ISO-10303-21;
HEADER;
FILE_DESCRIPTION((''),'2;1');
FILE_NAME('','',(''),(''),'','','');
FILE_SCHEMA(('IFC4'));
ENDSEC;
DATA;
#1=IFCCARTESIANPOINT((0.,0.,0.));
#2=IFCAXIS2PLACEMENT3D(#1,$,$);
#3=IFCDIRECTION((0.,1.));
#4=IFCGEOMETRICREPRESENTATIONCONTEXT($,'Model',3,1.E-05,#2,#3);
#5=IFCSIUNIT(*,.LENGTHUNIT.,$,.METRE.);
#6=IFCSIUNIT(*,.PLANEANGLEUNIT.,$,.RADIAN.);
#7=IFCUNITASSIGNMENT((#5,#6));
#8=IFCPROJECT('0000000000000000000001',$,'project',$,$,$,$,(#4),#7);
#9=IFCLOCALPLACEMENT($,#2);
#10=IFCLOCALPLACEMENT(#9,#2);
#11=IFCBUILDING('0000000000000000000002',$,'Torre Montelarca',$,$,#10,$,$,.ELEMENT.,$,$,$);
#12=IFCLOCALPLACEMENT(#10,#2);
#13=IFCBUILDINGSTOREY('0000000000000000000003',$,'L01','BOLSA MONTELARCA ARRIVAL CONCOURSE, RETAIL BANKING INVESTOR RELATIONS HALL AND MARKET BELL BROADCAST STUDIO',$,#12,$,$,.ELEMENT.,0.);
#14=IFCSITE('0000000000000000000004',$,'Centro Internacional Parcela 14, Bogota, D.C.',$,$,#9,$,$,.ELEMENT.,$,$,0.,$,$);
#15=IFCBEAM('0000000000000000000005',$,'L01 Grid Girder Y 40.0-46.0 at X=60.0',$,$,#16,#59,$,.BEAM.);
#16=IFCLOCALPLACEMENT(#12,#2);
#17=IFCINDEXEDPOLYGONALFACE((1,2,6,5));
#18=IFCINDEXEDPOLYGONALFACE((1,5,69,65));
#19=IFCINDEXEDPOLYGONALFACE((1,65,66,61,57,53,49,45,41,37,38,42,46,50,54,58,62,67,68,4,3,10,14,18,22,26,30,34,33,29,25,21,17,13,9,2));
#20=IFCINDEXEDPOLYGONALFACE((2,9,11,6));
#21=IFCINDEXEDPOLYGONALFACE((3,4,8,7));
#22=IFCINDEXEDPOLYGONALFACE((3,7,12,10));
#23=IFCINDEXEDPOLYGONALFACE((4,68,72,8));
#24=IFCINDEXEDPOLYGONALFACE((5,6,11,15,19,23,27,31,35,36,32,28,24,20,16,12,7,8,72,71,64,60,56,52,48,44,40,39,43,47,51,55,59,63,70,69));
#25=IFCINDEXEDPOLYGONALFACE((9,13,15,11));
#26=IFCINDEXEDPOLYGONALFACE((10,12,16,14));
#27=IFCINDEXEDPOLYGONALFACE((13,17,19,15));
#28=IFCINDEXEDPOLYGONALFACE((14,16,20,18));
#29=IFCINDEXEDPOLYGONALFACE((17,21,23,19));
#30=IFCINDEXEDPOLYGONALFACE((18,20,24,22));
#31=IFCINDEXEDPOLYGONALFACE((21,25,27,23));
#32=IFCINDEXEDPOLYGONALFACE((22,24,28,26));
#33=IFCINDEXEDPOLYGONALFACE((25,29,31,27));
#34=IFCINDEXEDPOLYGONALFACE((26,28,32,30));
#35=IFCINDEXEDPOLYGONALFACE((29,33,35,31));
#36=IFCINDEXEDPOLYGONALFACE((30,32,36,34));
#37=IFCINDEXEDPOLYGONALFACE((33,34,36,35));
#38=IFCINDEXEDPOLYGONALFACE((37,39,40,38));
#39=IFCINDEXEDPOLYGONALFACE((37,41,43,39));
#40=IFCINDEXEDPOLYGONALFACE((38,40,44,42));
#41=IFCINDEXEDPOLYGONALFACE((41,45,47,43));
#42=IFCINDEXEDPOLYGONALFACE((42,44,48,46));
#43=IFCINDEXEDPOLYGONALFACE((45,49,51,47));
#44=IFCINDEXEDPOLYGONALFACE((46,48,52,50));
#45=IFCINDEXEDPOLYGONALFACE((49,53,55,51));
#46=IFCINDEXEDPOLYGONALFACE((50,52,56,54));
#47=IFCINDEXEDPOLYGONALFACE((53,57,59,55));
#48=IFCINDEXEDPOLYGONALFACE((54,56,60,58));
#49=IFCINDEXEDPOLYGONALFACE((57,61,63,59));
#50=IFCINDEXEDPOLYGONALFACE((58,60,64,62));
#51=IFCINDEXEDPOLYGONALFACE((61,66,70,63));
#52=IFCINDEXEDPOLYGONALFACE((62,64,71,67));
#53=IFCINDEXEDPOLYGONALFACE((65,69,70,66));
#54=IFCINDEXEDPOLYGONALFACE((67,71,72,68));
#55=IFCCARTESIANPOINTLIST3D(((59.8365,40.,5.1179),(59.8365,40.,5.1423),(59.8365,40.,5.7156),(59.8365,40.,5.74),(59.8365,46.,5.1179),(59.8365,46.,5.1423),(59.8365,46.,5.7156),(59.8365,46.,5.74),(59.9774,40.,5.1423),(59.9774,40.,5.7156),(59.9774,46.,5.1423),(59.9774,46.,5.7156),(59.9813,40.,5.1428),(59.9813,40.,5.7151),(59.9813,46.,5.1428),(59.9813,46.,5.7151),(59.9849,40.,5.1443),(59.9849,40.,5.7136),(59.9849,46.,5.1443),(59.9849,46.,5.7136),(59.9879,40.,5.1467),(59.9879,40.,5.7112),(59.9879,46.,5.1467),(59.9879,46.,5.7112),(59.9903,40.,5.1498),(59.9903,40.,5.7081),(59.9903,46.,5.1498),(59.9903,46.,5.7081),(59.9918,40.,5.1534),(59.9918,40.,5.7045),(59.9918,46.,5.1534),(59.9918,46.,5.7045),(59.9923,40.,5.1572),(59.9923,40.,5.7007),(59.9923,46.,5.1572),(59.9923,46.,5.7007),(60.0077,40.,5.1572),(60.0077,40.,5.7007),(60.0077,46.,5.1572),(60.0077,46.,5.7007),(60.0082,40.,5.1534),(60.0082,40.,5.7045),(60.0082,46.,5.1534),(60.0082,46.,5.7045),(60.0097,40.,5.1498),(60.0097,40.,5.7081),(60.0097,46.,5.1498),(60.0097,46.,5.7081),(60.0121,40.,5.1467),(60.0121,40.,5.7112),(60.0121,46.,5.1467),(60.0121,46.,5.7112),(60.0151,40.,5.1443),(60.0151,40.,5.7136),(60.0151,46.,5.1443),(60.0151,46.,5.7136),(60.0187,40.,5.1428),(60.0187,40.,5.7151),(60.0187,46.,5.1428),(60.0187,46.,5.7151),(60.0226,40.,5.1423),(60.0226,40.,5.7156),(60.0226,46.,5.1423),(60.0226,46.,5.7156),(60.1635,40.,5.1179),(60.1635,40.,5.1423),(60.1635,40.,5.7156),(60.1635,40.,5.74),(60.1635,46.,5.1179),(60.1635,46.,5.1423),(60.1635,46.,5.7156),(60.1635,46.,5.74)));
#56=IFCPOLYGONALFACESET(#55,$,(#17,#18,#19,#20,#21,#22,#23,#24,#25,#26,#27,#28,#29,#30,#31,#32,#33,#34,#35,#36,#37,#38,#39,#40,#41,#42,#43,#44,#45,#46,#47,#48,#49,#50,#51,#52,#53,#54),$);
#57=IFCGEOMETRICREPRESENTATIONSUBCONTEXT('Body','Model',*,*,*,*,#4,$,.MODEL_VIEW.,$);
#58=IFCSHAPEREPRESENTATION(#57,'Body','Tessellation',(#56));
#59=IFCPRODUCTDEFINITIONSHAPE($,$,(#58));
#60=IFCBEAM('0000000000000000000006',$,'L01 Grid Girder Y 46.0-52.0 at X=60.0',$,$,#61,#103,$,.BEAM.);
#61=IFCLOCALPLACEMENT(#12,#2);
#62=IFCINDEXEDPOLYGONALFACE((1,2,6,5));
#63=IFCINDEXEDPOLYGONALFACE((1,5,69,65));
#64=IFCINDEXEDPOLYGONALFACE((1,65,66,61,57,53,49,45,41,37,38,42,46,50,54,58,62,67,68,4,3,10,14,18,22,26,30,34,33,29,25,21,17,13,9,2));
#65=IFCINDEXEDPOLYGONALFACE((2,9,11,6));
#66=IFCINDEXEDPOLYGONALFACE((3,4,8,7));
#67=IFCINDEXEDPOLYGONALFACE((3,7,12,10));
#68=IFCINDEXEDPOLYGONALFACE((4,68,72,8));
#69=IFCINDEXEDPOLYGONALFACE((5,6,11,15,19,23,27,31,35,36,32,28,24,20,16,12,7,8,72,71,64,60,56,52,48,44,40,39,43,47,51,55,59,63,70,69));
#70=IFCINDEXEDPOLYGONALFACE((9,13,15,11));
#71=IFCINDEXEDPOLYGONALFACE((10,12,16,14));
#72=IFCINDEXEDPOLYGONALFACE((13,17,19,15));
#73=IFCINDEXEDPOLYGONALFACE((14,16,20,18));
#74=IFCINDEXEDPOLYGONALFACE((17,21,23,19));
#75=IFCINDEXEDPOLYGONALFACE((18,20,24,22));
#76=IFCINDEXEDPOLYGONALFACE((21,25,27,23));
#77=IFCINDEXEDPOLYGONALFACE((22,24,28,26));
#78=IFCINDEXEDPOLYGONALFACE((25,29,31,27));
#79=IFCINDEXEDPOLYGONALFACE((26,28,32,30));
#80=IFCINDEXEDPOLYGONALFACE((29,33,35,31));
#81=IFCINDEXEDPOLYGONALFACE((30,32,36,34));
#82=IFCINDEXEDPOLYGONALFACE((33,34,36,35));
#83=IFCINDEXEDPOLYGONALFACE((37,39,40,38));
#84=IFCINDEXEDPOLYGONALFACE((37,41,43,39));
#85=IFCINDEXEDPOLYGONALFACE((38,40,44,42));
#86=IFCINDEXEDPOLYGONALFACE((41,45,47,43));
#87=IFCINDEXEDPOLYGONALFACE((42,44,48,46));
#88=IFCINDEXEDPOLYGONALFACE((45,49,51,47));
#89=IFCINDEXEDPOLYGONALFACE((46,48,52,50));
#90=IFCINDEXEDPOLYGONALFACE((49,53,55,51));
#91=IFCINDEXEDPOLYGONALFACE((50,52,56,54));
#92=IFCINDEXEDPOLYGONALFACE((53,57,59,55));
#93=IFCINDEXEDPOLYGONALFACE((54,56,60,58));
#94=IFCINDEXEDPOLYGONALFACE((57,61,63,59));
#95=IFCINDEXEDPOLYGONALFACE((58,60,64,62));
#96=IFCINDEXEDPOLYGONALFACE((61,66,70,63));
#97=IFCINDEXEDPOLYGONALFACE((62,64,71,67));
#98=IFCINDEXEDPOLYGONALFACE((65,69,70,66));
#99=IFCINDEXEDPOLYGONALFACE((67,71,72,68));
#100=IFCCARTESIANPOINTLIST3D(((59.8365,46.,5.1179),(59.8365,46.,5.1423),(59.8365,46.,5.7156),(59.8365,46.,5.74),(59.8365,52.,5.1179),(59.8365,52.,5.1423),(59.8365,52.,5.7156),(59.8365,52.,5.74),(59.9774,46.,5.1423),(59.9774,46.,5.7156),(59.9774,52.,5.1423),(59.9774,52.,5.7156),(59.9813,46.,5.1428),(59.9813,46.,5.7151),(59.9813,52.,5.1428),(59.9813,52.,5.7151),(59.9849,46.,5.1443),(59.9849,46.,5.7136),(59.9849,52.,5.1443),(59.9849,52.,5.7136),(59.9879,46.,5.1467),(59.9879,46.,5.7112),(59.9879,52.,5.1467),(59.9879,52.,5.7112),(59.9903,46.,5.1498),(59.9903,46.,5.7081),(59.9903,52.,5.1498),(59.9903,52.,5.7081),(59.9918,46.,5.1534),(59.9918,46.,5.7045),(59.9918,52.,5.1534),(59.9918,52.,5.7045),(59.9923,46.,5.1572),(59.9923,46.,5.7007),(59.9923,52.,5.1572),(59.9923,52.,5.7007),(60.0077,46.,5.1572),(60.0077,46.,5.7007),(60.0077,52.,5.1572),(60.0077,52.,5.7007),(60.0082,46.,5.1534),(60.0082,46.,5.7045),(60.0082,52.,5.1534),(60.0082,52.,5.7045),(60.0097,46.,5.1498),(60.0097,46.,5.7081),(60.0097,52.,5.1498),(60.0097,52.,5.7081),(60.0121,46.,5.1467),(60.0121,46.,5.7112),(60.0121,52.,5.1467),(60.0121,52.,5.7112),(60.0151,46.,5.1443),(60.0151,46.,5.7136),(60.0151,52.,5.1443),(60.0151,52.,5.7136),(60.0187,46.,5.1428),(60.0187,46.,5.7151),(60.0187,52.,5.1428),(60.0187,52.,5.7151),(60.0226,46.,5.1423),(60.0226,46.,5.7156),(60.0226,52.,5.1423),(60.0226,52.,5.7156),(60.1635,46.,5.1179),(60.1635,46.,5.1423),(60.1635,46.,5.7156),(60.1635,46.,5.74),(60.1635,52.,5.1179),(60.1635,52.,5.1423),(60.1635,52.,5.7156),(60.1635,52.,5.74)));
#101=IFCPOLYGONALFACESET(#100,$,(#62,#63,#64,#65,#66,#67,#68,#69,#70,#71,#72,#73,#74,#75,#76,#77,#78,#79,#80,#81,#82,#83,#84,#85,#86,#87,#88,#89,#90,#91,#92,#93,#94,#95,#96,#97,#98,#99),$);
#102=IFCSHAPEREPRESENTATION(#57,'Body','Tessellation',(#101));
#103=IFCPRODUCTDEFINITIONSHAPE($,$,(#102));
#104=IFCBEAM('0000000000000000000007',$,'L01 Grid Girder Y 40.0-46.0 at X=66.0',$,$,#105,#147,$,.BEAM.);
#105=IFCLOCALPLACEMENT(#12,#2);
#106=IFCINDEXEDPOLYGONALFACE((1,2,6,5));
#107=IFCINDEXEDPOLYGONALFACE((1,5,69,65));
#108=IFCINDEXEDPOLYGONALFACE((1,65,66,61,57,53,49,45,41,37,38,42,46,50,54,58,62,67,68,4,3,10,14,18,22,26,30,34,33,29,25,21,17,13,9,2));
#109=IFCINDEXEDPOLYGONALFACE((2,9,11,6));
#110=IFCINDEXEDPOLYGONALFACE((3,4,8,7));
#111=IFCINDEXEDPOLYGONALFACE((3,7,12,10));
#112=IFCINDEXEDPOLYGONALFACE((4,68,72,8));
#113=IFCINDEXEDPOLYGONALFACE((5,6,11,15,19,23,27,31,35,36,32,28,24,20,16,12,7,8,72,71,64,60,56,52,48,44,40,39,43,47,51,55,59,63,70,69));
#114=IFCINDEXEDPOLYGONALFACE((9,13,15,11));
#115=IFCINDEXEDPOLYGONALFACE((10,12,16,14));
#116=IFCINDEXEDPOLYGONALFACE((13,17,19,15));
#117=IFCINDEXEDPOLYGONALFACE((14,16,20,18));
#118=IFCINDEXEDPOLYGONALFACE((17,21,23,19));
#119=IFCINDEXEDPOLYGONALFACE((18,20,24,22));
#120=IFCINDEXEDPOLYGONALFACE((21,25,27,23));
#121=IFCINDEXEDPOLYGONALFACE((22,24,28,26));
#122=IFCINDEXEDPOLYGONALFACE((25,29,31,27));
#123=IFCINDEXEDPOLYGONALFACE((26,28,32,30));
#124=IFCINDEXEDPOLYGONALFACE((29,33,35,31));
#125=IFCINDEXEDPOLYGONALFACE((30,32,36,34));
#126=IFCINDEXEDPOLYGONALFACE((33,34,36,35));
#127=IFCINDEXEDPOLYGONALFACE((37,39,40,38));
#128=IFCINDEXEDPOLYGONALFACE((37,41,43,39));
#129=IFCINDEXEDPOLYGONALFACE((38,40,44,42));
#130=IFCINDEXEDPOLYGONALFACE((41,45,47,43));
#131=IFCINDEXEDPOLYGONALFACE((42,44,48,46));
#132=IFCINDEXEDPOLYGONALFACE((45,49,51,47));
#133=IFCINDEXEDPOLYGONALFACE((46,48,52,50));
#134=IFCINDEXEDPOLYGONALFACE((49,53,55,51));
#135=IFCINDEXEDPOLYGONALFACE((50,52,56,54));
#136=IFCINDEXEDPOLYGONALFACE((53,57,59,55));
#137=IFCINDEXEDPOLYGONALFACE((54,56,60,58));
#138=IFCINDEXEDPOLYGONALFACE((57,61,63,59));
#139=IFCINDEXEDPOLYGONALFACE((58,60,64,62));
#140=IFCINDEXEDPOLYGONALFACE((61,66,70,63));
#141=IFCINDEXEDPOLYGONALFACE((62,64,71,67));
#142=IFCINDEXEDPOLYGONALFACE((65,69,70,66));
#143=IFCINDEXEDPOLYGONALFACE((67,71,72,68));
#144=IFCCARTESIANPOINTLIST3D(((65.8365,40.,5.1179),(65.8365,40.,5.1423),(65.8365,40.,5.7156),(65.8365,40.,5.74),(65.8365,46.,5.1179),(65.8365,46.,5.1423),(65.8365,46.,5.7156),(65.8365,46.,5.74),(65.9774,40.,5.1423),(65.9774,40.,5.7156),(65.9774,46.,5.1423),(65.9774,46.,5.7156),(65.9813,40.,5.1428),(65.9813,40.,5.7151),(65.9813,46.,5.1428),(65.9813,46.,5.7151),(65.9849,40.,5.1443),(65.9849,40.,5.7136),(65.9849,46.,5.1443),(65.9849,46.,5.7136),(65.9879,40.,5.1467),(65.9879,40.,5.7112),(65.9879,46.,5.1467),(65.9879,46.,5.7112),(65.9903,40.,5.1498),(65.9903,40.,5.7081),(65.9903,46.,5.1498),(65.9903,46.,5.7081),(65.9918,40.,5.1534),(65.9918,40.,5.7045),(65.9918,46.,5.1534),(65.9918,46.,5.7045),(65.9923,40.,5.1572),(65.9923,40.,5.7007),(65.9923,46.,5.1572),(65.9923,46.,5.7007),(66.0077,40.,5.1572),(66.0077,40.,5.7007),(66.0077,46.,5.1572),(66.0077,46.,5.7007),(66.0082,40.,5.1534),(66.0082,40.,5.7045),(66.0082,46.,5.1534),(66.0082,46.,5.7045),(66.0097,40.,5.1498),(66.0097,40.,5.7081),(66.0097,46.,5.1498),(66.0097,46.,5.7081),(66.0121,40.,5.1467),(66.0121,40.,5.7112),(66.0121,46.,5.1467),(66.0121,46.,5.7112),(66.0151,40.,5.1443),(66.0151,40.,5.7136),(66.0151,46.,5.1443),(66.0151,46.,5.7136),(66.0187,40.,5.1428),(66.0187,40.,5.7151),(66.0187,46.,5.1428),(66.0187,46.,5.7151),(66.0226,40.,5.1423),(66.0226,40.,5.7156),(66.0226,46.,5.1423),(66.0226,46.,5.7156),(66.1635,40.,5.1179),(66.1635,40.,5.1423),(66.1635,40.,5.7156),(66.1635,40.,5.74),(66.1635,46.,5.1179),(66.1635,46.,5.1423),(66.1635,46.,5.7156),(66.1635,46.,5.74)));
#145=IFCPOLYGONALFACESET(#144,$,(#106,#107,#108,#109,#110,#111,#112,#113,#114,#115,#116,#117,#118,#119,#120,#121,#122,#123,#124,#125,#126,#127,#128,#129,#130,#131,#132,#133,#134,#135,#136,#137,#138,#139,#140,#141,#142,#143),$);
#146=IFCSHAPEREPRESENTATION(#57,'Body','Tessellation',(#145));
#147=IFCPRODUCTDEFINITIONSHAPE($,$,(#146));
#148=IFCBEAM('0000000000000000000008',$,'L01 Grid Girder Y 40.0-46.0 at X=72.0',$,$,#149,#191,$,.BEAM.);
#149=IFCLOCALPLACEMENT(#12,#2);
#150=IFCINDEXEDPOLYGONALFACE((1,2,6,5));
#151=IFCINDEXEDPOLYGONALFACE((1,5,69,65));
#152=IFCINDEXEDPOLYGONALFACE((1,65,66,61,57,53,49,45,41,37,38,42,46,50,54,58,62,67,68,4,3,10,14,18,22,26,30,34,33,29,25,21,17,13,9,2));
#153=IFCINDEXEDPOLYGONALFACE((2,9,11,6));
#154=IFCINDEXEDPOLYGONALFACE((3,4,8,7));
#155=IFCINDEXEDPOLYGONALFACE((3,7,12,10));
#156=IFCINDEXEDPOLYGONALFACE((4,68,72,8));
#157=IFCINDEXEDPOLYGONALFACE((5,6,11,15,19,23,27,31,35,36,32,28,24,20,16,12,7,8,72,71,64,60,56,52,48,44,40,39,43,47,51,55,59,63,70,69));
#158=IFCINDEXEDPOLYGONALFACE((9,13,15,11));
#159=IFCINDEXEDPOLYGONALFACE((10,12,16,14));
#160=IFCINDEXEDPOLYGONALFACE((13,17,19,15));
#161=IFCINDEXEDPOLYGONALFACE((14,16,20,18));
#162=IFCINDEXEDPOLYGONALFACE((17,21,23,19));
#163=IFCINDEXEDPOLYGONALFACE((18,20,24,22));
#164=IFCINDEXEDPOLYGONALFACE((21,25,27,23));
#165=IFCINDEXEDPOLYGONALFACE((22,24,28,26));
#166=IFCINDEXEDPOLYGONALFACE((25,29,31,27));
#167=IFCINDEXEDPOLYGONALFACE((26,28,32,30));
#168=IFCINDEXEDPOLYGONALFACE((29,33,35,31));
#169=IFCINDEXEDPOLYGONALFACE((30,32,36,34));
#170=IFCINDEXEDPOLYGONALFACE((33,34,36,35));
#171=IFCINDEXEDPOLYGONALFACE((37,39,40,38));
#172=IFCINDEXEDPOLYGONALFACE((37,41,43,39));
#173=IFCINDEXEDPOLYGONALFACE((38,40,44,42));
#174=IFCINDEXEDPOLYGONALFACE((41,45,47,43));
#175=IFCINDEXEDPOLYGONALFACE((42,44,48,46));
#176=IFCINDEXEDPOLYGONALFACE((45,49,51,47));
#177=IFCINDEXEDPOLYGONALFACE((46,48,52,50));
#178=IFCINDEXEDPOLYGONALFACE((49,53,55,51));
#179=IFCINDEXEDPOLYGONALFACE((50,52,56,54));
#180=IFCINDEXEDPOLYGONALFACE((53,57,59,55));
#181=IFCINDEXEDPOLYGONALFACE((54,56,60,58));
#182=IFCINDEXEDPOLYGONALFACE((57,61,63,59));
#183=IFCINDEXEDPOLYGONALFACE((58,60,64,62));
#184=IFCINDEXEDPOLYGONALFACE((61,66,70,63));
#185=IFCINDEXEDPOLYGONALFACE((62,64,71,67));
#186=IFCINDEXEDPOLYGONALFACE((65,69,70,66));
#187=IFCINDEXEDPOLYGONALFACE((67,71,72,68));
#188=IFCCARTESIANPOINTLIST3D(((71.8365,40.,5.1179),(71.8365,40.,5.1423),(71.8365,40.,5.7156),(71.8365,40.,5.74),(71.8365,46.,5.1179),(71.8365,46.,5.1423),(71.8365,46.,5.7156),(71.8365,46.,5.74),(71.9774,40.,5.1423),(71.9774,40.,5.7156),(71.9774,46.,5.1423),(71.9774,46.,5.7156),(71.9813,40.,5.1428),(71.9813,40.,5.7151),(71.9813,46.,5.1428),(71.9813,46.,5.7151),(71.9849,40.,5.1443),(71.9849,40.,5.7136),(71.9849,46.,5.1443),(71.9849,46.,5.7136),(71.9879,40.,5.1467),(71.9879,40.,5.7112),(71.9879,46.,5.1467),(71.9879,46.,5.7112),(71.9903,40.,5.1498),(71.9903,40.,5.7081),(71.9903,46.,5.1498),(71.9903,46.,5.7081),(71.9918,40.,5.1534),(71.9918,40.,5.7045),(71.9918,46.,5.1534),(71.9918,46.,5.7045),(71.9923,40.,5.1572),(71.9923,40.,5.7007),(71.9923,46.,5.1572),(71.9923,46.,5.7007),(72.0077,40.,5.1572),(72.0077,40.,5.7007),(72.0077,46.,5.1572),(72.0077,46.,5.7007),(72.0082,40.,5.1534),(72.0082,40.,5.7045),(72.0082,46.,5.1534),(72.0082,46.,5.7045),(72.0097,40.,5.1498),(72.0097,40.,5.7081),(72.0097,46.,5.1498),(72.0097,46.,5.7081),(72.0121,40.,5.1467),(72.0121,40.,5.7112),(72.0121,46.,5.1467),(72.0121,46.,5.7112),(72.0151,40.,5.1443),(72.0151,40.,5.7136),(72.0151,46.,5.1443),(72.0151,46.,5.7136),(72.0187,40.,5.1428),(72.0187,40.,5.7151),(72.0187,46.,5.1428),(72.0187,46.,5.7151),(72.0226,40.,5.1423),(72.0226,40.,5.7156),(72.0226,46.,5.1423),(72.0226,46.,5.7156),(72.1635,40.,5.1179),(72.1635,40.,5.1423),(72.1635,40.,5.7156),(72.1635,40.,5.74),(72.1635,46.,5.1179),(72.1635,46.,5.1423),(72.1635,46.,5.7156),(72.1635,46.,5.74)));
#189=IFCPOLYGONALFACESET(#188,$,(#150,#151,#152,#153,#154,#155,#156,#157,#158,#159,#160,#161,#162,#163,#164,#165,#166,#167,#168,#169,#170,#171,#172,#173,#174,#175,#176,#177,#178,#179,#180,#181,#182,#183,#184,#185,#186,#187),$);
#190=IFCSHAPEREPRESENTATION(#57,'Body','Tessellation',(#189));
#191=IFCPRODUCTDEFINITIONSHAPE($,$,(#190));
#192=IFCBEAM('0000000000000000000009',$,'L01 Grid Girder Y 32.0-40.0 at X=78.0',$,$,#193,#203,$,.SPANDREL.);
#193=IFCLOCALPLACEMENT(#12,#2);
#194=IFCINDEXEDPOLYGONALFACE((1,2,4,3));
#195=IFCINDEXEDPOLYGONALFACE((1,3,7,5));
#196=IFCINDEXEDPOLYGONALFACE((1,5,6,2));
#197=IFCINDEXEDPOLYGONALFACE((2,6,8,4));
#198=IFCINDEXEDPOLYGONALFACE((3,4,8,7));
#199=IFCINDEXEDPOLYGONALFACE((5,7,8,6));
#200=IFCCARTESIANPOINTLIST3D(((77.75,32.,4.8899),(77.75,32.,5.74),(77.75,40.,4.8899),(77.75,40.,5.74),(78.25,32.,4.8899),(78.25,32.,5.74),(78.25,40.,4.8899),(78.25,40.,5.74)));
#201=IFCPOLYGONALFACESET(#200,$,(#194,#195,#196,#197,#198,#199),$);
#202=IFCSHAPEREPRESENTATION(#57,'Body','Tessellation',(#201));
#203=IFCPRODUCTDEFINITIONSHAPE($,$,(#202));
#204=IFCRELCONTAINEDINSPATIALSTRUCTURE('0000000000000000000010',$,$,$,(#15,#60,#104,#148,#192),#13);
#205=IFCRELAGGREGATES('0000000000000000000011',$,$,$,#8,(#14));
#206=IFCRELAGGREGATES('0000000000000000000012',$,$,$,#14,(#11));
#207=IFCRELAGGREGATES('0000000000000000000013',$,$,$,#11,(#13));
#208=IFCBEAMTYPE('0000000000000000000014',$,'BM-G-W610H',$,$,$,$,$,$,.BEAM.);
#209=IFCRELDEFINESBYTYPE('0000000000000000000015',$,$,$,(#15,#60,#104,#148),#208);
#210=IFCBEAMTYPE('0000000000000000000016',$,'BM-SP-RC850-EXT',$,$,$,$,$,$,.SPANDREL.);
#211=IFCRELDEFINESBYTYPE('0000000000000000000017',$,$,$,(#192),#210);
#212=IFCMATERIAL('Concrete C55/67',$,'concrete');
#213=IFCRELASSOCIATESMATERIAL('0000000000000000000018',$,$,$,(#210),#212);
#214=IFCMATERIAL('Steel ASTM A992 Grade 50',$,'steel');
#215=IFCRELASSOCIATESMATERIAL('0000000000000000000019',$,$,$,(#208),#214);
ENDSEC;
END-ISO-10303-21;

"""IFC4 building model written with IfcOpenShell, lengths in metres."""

from ifc_helpers import new_model, si_unit, direction, frame, origin, origin_2d, place, context, subcontext, project, spatial, rectangle, i_section, extrude, source, transform, mapped, material, material_profile, profile_set, type_object, element, save


model = new_model("IFC4")

# Units and contexts
model_context = context("Model", 3, precision=1e-05, world=origin(), true_north=direction((0.0, 1.0)))
body_context = subcontext(model_context, "Body", "Model", "MODEL_VIEW")
ifc_project = project(units=[si_unit("LENGTHUNIT", "METRE"), si_unit("PLANEANGLEUNIT", "RADIAN")], contexts=[model_context])

# Site, building, storey
site_placement = place(None, origin())
site = spatial("IfcSite", under=ifc_project, at=site_placement, Name="Centro Internacional Parcela 14, Bogota, D.C.", CompositionType="ELEMENT", RefElevation=0.0)
building_placement = place(site_placement, origin())
building = spatial("IfcBuilding", under=site, at=building_placement, Name="Torre Montelarca", CompositionType="ELEMENT")
storey_placement = place(building_placement, origin())
storey = spatial("IfcBuildingStorey", under=building, at=storey_placement, Name="L01", Description="BOLSA MONTELARCA ARRIVAL CONCOURSE, RETAIL BANKING INVESTOR RELATIONS HALL AND MARKET BELL BROADCAST STUDIO", CompositionType="ELEMENT", Elevation=0.0)

# Shared definitions
ifc_material_1 = material(Name="Steel ASTM A992 Grade 50", Category="steel")

# Beams
ifc_material_2 = material(Name="Concrete C55/67", Category="concrete")
ifc_material_profile_1 = material_profile(ifc_material_2, rectangle(XDim=0.5, YDim=0.8501, at=origin_2d()), Name="RCB500X850", Category="concrete")
ifc_profile_set_1 = profile_set([ifc_material_profile_1], Name="Concrete C55/67")
beam_type_1 = type_object("IfcBeamType", Name="BM-SP-RC850-EXT", PredefinedType="SPANDREL", material=ifc_profile_set_1)
ifc_material_profile_2 = material_profile(ifc_material_1, i_section(OverallWidth=0.3269, OverallDepth=0.6221, WebThickness=0.0154, FlangeThickness=0.0244, FilletRadius=0.0149, at=origin_2d()), Name="W610X195", Category="steel")
ifc_profile_set_2 = profile_set([ifc_material_profile_2], Name="Steel ASTM A992 Grade 50")
beam_type_2 = type_object("IfcBeamType", Name="BM-G-W610H", PredefinedType="BEAM", material=ifc_profile_set_2)
shared_shape_1 = source(origin(), body_context, "Body", "SweptSolid", [
    extrude(i_section(OverallWidth=0.3269, OverallDepth=0.6221, WebThickness=0.0154, FlangeThickness=0.0244, FilletRadius=0.0149, at=origin_2d()), origin(), (0.0, 0.0, 1.0), 6.0),
])
for number, where, z_axis, x_axis, name in (
    (1, (60.0, 40.0, 5.429), (0.0, 1.0, 0.0), (-1.0, 0.0, 0.0), "L01 Grid Girder Y 40.0-46.0 at X=60.0"),
    (2, (60.0, 46.0, 5.429), (0.0, 1.0, 0.0), (-1.0, 0.0, 0.0), "L01 Grid Girder Y 46.0-52.0 at X=60.0"),
    (3, (66.0, 40.0, 5.429), (0.0, 1.0, 0.0), (-1.0, 0.0, 0.0), "L01 Grid Girder Y 40.0-46.0 at X=66.0"),
    (4, (72.0, 40.0, 5.429), (0.0, 1.0, 0.0), (-1.0, 0.0, 0.0), "L01 Grid Girder Y 40.0-46.0 at X=72.0"),
):
    element("IfcBeam", number, at=place(storey_placement, frame(where, z_axis=z_axis, x_axis=x_axis)), inside=storey, type_object=beam_type_2, Name=name, PredefinedType="BEAM", context=body_context, shape_type="MappedRepresentation", body=[
        mapped(shared_shape_1, transform((0.0, 0.0, 0.0), scale=1.0)),
    ])
shared_shape_2 = source(origin(), body_context, "Body", "SweptSolid", [
    extrude(rectangle(XDim=0.5, YDim=0.8501, at=origin_2d()), origin(), (0.0, 0.0, 1.0), 8.0),
])
beam_1_placement = place(storey_placement, frame((78.0, 32.0, 5.3149), z_axis=(0.0, 1.0, 0.0), x_axis=(-1.0, 0.0, 0.0)))
element("IfcBeam", 5, at=beam_1_placement, inside=storey, type_object=beam_type_1, Name="L01 Grid Girder Y 32.0-40.0 at X=78.0", PredefinedType="SPANDREL", context=body_context, shape_type="MappedRepresentation", body=[
    mapped(shared_shape_2, transform((0.0, 0.0, 0.0), scale=1.0)),
])

save(model, "model.ifc")
